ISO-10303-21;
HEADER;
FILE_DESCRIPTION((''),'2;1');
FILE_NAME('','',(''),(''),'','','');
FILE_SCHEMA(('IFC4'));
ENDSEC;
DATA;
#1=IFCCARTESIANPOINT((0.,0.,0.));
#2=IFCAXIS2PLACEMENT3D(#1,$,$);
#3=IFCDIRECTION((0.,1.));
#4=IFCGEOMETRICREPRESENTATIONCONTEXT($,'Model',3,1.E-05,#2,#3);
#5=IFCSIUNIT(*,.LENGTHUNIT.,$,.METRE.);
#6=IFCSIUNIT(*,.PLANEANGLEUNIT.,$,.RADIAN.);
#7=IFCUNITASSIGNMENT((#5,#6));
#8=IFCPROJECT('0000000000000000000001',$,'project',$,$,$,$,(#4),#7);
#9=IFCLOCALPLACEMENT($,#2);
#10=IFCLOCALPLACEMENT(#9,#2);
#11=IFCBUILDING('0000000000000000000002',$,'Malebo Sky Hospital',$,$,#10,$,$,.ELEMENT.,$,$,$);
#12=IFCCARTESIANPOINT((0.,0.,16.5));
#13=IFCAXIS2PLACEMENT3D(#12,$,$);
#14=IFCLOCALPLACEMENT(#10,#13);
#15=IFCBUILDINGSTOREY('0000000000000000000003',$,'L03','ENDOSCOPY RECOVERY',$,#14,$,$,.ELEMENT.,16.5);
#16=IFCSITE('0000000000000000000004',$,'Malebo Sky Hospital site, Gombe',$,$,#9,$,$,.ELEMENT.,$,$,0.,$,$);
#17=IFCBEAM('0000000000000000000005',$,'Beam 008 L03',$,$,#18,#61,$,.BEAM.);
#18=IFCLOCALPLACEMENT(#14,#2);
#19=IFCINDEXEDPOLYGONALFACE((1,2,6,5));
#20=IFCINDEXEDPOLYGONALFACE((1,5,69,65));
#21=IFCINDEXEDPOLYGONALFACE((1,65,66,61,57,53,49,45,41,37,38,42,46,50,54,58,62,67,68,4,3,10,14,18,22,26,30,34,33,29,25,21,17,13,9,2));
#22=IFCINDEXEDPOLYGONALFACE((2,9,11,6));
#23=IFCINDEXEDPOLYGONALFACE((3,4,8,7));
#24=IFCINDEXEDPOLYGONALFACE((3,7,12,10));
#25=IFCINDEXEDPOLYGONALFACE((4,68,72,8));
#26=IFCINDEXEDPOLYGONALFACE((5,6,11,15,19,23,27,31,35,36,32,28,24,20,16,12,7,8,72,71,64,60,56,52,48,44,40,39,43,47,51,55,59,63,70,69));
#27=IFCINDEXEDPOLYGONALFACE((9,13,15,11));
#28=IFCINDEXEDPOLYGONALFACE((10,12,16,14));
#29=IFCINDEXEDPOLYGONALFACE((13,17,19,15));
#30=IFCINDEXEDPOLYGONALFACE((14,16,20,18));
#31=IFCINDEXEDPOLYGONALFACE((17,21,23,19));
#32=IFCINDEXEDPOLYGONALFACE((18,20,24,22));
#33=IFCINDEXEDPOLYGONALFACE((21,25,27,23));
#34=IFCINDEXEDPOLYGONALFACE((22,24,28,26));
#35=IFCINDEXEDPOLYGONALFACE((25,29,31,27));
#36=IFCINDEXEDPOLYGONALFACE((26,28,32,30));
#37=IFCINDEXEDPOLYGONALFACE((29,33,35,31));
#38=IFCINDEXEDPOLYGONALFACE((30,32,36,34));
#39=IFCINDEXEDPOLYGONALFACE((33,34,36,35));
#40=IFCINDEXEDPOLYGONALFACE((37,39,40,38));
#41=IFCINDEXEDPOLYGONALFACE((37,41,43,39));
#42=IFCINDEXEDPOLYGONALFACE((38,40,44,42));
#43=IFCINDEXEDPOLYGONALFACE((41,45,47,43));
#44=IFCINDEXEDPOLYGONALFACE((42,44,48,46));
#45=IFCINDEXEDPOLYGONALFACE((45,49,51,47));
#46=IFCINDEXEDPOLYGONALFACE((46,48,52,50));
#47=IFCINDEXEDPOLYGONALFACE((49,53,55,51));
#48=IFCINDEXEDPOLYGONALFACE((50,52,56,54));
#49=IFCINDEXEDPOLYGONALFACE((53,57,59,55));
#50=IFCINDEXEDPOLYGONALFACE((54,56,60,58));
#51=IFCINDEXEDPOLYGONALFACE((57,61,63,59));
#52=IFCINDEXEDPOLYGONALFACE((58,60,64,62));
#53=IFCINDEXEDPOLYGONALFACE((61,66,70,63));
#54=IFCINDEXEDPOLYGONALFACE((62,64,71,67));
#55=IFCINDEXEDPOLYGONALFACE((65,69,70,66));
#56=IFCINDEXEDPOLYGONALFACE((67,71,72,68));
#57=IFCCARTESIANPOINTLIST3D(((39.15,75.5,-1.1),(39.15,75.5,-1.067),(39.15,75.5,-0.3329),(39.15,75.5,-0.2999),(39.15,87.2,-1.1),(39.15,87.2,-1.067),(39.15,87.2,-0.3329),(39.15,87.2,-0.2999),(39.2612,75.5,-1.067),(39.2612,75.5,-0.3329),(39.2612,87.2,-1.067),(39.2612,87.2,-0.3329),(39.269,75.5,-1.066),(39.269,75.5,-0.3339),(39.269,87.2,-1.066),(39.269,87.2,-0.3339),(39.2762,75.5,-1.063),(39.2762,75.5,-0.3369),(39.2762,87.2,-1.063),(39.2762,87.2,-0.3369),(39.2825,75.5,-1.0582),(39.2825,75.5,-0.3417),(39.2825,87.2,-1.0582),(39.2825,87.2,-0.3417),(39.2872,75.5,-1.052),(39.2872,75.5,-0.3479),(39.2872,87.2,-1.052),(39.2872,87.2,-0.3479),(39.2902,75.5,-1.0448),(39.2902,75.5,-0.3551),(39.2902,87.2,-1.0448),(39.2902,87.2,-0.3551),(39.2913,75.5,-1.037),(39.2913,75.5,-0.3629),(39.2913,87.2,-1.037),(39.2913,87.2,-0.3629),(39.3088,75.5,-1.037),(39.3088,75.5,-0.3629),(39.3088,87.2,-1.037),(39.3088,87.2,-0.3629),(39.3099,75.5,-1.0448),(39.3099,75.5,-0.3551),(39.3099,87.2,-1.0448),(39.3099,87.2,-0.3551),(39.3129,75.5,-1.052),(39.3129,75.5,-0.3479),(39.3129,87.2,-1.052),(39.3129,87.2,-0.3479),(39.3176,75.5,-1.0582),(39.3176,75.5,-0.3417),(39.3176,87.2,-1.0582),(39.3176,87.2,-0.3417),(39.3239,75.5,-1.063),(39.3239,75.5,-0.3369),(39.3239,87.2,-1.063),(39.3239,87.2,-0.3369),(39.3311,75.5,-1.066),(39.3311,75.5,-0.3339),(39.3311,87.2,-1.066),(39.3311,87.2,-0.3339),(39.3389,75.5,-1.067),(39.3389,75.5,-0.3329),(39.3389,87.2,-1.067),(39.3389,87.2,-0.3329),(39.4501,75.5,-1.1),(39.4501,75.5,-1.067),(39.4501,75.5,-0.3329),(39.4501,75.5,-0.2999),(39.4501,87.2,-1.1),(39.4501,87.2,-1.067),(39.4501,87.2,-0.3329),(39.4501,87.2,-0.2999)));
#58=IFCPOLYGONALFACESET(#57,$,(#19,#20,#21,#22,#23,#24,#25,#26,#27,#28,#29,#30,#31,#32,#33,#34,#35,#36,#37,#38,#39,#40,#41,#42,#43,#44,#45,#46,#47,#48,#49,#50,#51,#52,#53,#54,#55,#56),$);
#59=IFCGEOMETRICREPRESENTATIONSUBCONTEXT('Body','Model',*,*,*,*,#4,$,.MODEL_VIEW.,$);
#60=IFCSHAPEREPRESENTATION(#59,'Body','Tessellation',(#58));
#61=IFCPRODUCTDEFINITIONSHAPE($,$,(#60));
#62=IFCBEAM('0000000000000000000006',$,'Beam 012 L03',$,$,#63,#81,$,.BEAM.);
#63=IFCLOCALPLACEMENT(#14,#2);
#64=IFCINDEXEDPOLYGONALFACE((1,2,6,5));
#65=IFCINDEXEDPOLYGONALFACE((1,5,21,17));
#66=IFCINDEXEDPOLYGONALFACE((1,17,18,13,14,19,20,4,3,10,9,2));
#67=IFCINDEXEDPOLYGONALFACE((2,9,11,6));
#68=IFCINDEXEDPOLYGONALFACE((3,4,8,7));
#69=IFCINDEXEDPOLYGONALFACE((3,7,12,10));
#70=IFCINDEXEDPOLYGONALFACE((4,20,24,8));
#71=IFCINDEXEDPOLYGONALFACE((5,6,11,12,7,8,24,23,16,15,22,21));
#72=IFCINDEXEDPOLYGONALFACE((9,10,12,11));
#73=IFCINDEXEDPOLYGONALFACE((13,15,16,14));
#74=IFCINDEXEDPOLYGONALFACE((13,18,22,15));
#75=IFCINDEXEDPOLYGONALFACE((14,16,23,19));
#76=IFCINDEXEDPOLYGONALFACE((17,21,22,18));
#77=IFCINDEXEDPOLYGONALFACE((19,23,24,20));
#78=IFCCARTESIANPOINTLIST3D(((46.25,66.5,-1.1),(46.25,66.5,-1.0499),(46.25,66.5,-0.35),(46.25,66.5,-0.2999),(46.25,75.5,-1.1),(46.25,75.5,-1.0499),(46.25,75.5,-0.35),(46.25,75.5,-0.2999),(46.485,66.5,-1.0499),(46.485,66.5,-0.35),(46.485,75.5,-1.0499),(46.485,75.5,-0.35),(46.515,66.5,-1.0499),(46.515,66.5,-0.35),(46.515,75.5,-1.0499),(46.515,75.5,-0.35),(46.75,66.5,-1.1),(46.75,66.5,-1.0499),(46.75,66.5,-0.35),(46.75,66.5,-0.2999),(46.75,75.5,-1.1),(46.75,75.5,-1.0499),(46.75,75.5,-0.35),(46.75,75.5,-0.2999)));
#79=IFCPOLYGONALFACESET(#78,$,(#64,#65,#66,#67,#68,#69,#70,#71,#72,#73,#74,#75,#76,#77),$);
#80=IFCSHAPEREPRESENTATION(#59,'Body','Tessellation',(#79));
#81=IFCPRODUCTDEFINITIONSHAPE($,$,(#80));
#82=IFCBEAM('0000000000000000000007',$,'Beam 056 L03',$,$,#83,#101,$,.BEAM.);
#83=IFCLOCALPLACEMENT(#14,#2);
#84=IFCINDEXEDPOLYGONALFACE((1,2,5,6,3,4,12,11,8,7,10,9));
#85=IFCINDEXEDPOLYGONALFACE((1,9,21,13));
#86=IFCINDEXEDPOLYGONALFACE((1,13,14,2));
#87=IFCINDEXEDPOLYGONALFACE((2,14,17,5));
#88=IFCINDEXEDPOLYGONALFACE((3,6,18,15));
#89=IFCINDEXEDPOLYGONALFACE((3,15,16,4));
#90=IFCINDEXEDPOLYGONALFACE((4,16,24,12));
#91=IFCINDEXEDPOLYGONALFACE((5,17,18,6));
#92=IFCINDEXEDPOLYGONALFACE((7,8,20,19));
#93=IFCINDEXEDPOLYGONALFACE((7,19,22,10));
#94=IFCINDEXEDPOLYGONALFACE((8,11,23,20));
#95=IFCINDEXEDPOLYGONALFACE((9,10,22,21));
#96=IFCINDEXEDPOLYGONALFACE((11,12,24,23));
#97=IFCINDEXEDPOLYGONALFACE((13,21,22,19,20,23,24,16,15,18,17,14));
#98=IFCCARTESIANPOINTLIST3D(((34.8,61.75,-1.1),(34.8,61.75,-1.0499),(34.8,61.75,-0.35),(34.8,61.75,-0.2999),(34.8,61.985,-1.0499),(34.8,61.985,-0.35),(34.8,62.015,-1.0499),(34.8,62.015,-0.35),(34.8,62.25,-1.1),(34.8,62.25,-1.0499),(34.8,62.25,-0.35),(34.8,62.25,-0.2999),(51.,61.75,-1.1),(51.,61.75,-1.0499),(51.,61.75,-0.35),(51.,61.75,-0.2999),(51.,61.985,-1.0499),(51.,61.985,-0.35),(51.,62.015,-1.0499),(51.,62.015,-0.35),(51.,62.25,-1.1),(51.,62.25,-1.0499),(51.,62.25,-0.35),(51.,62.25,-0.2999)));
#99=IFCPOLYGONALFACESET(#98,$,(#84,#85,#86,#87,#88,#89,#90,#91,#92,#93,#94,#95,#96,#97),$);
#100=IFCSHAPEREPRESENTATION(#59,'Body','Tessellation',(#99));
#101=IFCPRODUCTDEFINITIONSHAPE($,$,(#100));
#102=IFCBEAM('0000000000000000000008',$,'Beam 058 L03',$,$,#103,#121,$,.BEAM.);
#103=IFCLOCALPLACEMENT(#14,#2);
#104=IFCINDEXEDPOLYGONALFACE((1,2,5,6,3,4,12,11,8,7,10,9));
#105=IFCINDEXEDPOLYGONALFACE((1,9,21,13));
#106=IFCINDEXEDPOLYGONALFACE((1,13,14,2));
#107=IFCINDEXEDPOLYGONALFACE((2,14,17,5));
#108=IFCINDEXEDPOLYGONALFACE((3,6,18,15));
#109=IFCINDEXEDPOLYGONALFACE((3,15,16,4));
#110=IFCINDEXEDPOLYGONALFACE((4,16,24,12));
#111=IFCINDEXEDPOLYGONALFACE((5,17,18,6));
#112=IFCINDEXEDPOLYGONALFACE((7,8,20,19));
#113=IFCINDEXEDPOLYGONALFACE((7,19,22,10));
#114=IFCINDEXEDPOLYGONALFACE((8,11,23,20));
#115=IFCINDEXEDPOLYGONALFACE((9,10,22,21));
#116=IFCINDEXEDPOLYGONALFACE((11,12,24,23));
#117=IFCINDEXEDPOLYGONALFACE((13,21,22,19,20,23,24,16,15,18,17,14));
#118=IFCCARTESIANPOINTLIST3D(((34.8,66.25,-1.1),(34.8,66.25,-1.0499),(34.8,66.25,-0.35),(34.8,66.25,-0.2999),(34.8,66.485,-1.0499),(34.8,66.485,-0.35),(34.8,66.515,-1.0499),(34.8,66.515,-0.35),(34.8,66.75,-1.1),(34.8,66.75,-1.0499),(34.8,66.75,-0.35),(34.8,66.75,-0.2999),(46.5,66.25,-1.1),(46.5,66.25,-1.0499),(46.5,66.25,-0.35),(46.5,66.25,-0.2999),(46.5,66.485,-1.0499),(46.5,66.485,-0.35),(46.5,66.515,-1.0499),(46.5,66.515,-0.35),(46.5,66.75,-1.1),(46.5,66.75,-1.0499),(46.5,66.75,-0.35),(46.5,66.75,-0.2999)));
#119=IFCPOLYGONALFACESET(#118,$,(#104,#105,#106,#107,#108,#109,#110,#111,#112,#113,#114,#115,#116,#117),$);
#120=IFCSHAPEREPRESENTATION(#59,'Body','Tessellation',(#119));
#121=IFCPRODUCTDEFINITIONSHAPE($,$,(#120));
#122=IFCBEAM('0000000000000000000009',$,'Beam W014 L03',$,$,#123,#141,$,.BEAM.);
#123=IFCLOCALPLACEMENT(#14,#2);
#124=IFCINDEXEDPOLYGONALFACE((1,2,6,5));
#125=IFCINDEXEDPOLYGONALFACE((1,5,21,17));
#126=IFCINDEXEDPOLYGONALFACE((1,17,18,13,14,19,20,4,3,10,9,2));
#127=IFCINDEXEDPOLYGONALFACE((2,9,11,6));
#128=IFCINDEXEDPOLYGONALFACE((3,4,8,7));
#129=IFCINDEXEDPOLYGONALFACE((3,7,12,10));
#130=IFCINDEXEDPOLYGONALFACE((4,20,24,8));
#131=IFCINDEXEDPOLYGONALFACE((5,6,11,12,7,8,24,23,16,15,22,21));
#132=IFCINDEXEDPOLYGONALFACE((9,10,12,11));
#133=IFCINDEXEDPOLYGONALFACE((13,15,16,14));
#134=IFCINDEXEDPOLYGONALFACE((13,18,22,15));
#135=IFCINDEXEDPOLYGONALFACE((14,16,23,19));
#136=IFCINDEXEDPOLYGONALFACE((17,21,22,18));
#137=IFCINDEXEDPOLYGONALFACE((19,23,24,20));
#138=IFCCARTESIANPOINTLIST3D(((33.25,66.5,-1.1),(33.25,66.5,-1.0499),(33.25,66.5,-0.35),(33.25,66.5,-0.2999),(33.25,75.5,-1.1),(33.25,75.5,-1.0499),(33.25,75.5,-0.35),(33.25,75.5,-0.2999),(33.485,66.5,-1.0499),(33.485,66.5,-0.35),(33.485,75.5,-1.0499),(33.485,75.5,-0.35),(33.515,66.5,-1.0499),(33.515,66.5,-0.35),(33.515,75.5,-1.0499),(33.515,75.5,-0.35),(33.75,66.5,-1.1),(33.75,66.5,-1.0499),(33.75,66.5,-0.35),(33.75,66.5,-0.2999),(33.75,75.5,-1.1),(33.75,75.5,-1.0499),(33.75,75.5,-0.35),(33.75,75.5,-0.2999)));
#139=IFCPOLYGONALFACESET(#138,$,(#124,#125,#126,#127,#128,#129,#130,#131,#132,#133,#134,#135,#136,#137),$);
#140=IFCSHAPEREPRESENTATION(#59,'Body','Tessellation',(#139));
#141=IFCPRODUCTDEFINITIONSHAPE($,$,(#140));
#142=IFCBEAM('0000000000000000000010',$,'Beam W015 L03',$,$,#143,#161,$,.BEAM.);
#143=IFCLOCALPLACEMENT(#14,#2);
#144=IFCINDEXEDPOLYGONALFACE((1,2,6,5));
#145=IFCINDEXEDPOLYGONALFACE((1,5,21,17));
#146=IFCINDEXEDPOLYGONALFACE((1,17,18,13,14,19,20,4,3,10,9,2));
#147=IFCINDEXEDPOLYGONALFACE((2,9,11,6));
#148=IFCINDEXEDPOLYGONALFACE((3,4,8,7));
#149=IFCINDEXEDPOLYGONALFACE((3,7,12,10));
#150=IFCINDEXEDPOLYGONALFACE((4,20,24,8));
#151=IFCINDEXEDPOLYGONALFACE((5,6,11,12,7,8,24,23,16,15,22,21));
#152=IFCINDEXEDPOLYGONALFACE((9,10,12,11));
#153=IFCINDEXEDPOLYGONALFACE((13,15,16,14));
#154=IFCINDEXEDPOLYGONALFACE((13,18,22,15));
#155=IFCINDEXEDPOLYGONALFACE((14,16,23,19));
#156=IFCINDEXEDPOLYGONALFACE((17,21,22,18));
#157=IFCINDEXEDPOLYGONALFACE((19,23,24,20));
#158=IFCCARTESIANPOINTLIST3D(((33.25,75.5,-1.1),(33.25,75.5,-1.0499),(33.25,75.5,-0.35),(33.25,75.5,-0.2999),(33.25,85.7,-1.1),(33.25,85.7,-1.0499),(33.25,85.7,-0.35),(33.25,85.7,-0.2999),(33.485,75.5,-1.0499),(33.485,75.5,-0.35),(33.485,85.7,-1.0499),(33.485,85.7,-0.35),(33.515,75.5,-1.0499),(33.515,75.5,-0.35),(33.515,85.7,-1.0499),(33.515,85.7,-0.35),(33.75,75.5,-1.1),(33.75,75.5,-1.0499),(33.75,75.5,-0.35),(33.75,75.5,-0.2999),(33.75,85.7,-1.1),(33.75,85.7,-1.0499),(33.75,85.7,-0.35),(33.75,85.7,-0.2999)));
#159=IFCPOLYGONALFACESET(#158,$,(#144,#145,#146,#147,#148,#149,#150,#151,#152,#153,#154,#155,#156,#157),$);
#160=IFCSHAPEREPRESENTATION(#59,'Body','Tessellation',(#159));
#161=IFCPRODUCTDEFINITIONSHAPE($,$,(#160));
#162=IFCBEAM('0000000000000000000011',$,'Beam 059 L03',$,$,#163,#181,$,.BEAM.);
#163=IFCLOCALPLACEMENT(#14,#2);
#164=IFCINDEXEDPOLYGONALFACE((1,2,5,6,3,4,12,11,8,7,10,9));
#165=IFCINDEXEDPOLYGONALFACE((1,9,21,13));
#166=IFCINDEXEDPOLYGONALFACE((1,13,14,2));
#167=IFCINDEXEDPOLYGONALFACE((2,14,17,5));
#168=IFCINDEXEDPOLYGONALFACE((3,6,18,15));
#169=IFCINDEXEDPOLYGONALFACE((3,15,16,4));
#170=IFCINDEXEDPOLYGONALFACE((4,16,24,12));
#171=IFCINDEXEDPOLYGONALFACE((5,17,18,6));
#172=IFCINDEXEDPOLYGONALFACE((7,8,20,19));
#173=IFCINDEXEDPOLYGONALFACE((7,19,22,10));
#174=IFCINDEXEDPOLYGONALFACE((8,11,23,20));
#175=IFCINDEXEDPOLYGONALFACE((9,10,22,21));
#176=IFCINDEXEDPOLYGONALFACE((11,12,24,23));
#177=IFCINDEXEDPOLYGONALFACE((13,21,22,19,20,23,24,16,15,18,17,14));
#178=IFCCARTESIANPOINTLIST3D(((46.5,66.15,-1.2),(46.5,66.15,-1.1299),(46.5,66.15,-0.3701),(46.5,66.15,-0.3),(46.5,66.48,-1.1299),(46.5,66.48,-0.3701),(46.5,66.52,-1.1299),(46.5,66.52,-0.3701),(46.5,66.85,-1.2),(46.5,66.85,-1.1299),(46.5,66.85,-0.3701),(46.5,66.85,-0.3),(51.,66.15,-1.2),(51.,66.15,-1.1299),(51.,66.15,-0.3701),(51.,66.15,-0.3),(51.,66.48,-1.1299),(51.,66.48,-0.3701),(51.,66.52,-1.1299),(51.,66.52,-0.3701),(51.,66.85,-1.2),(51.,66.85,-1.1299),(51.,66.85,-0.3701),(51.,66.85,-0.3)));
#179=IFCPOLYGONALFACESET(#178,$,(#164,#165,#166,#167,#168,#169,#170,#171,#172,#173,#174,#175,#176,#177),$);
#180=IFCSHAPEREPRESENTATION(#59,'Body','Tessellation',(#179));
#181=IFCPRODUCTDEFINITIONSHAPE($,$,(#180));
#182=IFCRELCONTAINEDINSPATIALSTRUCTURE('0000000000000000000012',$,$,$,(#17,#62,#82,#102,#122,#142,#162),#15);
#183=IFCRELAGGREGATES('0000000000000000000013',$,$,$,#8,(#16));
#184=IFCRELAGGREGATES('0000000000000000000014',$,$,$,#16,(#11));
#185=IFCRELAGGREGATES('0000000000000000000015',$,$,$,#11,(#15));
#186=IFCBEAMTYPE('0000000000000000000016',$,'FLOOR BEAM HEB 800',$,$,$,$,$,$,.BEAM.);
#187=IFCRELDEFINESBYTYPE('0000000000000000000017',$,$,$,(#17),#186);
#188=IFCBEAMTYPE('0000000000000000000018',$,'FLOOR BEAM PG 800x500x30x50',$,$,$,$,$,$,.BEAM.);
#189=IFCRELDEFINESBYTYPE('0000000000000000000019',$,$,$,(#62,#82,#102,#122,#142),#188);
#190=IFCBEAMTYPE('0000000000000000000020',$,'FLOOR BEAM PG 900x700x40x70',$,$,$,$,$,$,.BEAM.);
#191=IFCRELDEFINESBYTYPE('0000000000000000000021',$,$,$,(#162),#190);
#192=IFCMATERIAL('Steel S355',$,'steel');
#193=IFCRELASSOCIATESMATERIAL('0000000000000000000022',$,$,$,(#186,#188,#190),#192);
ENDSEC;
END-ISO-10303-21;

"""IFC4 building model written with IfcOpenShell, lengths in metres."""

from ifc_helpers import new_model, si_unit, direction, frame, origin, origin_2d, place, context, subcontext, project, spatial, i_section, extrude, material, material_profile, profile_set, type_object, element, save


model = new_model("IFC4")

# Units and contexts
model_context = context("Model", 3, precision=1e-05, world=origin(), true_north=direction((0.0, 1.0)))
body_context = subcontext(model_context, "Body", "Model", "MODEL_VIEW")
ifc_project = project(units=[si_unit("LENGTHUNIT", "METRE"), si_unit("PLANEANGLEUNIT", "RADIAN")], contexts=[model_context])

# Site, building, storey
site_placement = place(None, origin())
site = spatial("IfcSite", under=ifc_project, at=site_placement, Name="Malebo Sky Hospital site, Gombe", CompositionType="ELEMENT", RefElevation=0.0)
building_placement = place(site_placement, origin())
building = spatial("IfcBuilding", under=site, at=building_placement, Name="Malebo Sky Hospital", CompositionType="ELEMENT")
storey_placement = place(building_placement, frame((0.0, 0.0, 16.5)))
storey = spatial("IfcBuildingStorey", under=building, at=storey_placement, Name="L03", Description="ENDOSCOPY RECOVERY", CompositionType="ELEMENT", Elevation=16.5)

# Shared definitions
ifc_material_1 = material(Name="Steel S355", Category="steel")

# Beams
ifc_material_profile_1 = material_profile(ifc_material_1, i_section(OverallWidth=0.3, OverallDepth=0.8, WebThickness=0.0176, FlangeThickness=0.033, FilletRadius=0.03, at=origin_2d()), Name="HEB 800")
ifc_profile_set_1 = profile_set([ifc_material_profile_1], Name="Steel S355")
beam_type_1 = type_object("IfcBeamType", Name="FLOOR BEAM HEB 800", PredefinedType="BEAM", material=ifc_profile_set_1)
beam_1_placement = place(storey_placement, frame((39.3, 75.5, -0.7), z_axis=(0.0, 1.0, 0.0), x_axis=(-1.0, 0.0, 0.0)))
element("IfcBeam", 1, at=beam_1_placement, inside=storey, type_object=beam_type_1, Name="Beam 008 L03", PredefinedType="BEAM", context=body_context, shape_type="SweptSolid", body=[
    extrude(i_section(OverallWidth=0.3, OverallDepth=0.8, WebThickness=0.0176, FlangeThickness=0.033, FilletRadius=0.03, at=origin_2d()), origin(), (0.0, 0.0, 1.0), 11.7),
])
ifc_material_profile_2 = material_profile(ifc_material_1, i_section(OverallWidth=0.5, OverallDepth=0.8, WebThickness=0.03, FlangeThickness=0.05, at=origin_2d()), Name="PG 800x500x30x50")
ifc_profile_set_2 = profile_set([ifc_material_profile_2], Name="Steel S355")
beam_type_2 = type_object("IfcBeamType", Name="FLOOR BEAM PG 800x500x30x50", PredefinedType="BEAM", material=ifc_profile_set_2)
beam_2_placement = place(storey_placement, frame((46.5, 66.5, -0.7), z_axis=(0.0, 1.0, 0.0), x_axis=(-1.0, 0.0, 0.0)))
element("IfcBeam", 2, at=beam_2_placement, inside=storey, type_object=beam_type_2, Name="Beam 012 L03", PredefinedType="BEAM", context=body_context, shape_type="SweptSolid", body=[
    extrude(i_section(OverallWidth=0.5, OverallDepth=0.8, WebThickness=0.03, FlangeThickness=0.05, at=origin_2d()), origin(), (0.0, 0.0, 1.0), 9.0),
])
beam_3_placement = place(storey_placement, frame((34.8, 62.0, -0.7), z_axis=(1.0, 0.0, 0.0), x_axis=(0.0, 1.0, 0.0)))
element("IfcBeam", 3, at=beam_3_placement, inside=storey, type_object=beam_type_2, Name="Beam 056 L03", PredefinedType="BEAM", context=body_context, shape_type="SweptSolid", body=[
    extrude(i_section(OverallWidth=0.5, OverallDepth=0.8, WebThickness=0.03, FlangeThickness=0.05, at=origin_2d()), origin(), (0.0, 0.0, 1.0), 16.2),
])
beam_4_placement = place(storey_placement, frame((34.8, 66.5, -0.7), z_axis=(1.0, 0.0, 0.0), x_axis=(0.0, 1.0, 0.0)))
element("IfcBeam", 4, at=beam_4_placement, inside=storey, type_object=beam_type_2, Name="Beam 058 L03", PredefinedType="BEAM", context=body_context, shape_type="SweptSolid", body=[
    extrude(i_section(OverallWidth=0.5, OverallDepth=0.8, WebThickness=0.03, FlangeThickness=0.05, at=origin_2d()), origin(), (0.0, 0.0, 1.0), 11.7),
])
beam_5_placement = place(storey_placement, frame((33.5, 66.5, -0.7), z_axis=(0.0, 1.0, 0.0), x_axis=(-1.0, 0.0, 0.0)))
element("IfcBeam", 5, at=beam_5_placement, inside=storey, type_object=beam_type_2, Name="Beam W014 L03", PredefinedType="BEAM", context=body_context, shape_type="SweptSolid", body=[
    extrude(i_section(OverallWidth=0.5, OverallDepth=0.8, WebThickness=0.03, FlangeThickness=0.05, at=origin_2d()), origin(), (0.0, 0.0, 1.0), 9.0),
])
beam_6_placement = place(storey_placement, frame((33.5, 75.5, -0.7), z_axis=(0.0, 1.0, 0.0), x_axis=(-1.0, 0.0, 0.0)))
element("IfcBeam", 6, at=beam_6_placement, inside=storey, type_object=beam_type_2, Name="Beam W015 L03", PredefinedType="BEAM", context=body_context, shape_type="SweptSolid", body=[
    extrude(i_section(OverallWidth=0.5, OverallDepth=0.8, WebThickness=0.03, FlangeThickness=0.05, at=origin_2d()), origin(), (0.0, 0.0, 1.0), 10.2),
])
ifc_material_profile_3 = material_profile(ifc_material_1, i_section(OverallWidth=0.7, OverallDepth=0.8999, WebThickness=0.04, FlangeThickness=0.0701, at=origin_2d()), Name="PG 900x700x40x70")
ifc_profile_set_3 = profile_set([ifc_material_profile_3], Name="Steel S355")
beam_type_3 = type_object("IfcBeamType", Name="FLOOR BEAM PG 900x700x40x70", PredefinedType="BEAM", material=ifc_profile_set_3)
beam_7_placement = place(storey_placement, frame((46.5, 66.5, -0.75), z_axis=(1.0, 0.0, 0.0), x_axis=(0.0, 1.0, 0.0)))
element("IfcBeam", 7, at=beam_7_placement, inside=storey, type_object=beam_type_3, Name="Beam 059 L03", PredefinedType="BEAM", context=body_context, shape_type="SweptSolid", body=[
    extrude(i_section(OverallWidth=0.7, OverallDepth=0.8999, WebThickness=0.04, FlangeThickness=0.0701, at=origin_2d()), origin(), (0.0, 0.0, 1.0), 4.5),
])

save(model, "model.ifc")
